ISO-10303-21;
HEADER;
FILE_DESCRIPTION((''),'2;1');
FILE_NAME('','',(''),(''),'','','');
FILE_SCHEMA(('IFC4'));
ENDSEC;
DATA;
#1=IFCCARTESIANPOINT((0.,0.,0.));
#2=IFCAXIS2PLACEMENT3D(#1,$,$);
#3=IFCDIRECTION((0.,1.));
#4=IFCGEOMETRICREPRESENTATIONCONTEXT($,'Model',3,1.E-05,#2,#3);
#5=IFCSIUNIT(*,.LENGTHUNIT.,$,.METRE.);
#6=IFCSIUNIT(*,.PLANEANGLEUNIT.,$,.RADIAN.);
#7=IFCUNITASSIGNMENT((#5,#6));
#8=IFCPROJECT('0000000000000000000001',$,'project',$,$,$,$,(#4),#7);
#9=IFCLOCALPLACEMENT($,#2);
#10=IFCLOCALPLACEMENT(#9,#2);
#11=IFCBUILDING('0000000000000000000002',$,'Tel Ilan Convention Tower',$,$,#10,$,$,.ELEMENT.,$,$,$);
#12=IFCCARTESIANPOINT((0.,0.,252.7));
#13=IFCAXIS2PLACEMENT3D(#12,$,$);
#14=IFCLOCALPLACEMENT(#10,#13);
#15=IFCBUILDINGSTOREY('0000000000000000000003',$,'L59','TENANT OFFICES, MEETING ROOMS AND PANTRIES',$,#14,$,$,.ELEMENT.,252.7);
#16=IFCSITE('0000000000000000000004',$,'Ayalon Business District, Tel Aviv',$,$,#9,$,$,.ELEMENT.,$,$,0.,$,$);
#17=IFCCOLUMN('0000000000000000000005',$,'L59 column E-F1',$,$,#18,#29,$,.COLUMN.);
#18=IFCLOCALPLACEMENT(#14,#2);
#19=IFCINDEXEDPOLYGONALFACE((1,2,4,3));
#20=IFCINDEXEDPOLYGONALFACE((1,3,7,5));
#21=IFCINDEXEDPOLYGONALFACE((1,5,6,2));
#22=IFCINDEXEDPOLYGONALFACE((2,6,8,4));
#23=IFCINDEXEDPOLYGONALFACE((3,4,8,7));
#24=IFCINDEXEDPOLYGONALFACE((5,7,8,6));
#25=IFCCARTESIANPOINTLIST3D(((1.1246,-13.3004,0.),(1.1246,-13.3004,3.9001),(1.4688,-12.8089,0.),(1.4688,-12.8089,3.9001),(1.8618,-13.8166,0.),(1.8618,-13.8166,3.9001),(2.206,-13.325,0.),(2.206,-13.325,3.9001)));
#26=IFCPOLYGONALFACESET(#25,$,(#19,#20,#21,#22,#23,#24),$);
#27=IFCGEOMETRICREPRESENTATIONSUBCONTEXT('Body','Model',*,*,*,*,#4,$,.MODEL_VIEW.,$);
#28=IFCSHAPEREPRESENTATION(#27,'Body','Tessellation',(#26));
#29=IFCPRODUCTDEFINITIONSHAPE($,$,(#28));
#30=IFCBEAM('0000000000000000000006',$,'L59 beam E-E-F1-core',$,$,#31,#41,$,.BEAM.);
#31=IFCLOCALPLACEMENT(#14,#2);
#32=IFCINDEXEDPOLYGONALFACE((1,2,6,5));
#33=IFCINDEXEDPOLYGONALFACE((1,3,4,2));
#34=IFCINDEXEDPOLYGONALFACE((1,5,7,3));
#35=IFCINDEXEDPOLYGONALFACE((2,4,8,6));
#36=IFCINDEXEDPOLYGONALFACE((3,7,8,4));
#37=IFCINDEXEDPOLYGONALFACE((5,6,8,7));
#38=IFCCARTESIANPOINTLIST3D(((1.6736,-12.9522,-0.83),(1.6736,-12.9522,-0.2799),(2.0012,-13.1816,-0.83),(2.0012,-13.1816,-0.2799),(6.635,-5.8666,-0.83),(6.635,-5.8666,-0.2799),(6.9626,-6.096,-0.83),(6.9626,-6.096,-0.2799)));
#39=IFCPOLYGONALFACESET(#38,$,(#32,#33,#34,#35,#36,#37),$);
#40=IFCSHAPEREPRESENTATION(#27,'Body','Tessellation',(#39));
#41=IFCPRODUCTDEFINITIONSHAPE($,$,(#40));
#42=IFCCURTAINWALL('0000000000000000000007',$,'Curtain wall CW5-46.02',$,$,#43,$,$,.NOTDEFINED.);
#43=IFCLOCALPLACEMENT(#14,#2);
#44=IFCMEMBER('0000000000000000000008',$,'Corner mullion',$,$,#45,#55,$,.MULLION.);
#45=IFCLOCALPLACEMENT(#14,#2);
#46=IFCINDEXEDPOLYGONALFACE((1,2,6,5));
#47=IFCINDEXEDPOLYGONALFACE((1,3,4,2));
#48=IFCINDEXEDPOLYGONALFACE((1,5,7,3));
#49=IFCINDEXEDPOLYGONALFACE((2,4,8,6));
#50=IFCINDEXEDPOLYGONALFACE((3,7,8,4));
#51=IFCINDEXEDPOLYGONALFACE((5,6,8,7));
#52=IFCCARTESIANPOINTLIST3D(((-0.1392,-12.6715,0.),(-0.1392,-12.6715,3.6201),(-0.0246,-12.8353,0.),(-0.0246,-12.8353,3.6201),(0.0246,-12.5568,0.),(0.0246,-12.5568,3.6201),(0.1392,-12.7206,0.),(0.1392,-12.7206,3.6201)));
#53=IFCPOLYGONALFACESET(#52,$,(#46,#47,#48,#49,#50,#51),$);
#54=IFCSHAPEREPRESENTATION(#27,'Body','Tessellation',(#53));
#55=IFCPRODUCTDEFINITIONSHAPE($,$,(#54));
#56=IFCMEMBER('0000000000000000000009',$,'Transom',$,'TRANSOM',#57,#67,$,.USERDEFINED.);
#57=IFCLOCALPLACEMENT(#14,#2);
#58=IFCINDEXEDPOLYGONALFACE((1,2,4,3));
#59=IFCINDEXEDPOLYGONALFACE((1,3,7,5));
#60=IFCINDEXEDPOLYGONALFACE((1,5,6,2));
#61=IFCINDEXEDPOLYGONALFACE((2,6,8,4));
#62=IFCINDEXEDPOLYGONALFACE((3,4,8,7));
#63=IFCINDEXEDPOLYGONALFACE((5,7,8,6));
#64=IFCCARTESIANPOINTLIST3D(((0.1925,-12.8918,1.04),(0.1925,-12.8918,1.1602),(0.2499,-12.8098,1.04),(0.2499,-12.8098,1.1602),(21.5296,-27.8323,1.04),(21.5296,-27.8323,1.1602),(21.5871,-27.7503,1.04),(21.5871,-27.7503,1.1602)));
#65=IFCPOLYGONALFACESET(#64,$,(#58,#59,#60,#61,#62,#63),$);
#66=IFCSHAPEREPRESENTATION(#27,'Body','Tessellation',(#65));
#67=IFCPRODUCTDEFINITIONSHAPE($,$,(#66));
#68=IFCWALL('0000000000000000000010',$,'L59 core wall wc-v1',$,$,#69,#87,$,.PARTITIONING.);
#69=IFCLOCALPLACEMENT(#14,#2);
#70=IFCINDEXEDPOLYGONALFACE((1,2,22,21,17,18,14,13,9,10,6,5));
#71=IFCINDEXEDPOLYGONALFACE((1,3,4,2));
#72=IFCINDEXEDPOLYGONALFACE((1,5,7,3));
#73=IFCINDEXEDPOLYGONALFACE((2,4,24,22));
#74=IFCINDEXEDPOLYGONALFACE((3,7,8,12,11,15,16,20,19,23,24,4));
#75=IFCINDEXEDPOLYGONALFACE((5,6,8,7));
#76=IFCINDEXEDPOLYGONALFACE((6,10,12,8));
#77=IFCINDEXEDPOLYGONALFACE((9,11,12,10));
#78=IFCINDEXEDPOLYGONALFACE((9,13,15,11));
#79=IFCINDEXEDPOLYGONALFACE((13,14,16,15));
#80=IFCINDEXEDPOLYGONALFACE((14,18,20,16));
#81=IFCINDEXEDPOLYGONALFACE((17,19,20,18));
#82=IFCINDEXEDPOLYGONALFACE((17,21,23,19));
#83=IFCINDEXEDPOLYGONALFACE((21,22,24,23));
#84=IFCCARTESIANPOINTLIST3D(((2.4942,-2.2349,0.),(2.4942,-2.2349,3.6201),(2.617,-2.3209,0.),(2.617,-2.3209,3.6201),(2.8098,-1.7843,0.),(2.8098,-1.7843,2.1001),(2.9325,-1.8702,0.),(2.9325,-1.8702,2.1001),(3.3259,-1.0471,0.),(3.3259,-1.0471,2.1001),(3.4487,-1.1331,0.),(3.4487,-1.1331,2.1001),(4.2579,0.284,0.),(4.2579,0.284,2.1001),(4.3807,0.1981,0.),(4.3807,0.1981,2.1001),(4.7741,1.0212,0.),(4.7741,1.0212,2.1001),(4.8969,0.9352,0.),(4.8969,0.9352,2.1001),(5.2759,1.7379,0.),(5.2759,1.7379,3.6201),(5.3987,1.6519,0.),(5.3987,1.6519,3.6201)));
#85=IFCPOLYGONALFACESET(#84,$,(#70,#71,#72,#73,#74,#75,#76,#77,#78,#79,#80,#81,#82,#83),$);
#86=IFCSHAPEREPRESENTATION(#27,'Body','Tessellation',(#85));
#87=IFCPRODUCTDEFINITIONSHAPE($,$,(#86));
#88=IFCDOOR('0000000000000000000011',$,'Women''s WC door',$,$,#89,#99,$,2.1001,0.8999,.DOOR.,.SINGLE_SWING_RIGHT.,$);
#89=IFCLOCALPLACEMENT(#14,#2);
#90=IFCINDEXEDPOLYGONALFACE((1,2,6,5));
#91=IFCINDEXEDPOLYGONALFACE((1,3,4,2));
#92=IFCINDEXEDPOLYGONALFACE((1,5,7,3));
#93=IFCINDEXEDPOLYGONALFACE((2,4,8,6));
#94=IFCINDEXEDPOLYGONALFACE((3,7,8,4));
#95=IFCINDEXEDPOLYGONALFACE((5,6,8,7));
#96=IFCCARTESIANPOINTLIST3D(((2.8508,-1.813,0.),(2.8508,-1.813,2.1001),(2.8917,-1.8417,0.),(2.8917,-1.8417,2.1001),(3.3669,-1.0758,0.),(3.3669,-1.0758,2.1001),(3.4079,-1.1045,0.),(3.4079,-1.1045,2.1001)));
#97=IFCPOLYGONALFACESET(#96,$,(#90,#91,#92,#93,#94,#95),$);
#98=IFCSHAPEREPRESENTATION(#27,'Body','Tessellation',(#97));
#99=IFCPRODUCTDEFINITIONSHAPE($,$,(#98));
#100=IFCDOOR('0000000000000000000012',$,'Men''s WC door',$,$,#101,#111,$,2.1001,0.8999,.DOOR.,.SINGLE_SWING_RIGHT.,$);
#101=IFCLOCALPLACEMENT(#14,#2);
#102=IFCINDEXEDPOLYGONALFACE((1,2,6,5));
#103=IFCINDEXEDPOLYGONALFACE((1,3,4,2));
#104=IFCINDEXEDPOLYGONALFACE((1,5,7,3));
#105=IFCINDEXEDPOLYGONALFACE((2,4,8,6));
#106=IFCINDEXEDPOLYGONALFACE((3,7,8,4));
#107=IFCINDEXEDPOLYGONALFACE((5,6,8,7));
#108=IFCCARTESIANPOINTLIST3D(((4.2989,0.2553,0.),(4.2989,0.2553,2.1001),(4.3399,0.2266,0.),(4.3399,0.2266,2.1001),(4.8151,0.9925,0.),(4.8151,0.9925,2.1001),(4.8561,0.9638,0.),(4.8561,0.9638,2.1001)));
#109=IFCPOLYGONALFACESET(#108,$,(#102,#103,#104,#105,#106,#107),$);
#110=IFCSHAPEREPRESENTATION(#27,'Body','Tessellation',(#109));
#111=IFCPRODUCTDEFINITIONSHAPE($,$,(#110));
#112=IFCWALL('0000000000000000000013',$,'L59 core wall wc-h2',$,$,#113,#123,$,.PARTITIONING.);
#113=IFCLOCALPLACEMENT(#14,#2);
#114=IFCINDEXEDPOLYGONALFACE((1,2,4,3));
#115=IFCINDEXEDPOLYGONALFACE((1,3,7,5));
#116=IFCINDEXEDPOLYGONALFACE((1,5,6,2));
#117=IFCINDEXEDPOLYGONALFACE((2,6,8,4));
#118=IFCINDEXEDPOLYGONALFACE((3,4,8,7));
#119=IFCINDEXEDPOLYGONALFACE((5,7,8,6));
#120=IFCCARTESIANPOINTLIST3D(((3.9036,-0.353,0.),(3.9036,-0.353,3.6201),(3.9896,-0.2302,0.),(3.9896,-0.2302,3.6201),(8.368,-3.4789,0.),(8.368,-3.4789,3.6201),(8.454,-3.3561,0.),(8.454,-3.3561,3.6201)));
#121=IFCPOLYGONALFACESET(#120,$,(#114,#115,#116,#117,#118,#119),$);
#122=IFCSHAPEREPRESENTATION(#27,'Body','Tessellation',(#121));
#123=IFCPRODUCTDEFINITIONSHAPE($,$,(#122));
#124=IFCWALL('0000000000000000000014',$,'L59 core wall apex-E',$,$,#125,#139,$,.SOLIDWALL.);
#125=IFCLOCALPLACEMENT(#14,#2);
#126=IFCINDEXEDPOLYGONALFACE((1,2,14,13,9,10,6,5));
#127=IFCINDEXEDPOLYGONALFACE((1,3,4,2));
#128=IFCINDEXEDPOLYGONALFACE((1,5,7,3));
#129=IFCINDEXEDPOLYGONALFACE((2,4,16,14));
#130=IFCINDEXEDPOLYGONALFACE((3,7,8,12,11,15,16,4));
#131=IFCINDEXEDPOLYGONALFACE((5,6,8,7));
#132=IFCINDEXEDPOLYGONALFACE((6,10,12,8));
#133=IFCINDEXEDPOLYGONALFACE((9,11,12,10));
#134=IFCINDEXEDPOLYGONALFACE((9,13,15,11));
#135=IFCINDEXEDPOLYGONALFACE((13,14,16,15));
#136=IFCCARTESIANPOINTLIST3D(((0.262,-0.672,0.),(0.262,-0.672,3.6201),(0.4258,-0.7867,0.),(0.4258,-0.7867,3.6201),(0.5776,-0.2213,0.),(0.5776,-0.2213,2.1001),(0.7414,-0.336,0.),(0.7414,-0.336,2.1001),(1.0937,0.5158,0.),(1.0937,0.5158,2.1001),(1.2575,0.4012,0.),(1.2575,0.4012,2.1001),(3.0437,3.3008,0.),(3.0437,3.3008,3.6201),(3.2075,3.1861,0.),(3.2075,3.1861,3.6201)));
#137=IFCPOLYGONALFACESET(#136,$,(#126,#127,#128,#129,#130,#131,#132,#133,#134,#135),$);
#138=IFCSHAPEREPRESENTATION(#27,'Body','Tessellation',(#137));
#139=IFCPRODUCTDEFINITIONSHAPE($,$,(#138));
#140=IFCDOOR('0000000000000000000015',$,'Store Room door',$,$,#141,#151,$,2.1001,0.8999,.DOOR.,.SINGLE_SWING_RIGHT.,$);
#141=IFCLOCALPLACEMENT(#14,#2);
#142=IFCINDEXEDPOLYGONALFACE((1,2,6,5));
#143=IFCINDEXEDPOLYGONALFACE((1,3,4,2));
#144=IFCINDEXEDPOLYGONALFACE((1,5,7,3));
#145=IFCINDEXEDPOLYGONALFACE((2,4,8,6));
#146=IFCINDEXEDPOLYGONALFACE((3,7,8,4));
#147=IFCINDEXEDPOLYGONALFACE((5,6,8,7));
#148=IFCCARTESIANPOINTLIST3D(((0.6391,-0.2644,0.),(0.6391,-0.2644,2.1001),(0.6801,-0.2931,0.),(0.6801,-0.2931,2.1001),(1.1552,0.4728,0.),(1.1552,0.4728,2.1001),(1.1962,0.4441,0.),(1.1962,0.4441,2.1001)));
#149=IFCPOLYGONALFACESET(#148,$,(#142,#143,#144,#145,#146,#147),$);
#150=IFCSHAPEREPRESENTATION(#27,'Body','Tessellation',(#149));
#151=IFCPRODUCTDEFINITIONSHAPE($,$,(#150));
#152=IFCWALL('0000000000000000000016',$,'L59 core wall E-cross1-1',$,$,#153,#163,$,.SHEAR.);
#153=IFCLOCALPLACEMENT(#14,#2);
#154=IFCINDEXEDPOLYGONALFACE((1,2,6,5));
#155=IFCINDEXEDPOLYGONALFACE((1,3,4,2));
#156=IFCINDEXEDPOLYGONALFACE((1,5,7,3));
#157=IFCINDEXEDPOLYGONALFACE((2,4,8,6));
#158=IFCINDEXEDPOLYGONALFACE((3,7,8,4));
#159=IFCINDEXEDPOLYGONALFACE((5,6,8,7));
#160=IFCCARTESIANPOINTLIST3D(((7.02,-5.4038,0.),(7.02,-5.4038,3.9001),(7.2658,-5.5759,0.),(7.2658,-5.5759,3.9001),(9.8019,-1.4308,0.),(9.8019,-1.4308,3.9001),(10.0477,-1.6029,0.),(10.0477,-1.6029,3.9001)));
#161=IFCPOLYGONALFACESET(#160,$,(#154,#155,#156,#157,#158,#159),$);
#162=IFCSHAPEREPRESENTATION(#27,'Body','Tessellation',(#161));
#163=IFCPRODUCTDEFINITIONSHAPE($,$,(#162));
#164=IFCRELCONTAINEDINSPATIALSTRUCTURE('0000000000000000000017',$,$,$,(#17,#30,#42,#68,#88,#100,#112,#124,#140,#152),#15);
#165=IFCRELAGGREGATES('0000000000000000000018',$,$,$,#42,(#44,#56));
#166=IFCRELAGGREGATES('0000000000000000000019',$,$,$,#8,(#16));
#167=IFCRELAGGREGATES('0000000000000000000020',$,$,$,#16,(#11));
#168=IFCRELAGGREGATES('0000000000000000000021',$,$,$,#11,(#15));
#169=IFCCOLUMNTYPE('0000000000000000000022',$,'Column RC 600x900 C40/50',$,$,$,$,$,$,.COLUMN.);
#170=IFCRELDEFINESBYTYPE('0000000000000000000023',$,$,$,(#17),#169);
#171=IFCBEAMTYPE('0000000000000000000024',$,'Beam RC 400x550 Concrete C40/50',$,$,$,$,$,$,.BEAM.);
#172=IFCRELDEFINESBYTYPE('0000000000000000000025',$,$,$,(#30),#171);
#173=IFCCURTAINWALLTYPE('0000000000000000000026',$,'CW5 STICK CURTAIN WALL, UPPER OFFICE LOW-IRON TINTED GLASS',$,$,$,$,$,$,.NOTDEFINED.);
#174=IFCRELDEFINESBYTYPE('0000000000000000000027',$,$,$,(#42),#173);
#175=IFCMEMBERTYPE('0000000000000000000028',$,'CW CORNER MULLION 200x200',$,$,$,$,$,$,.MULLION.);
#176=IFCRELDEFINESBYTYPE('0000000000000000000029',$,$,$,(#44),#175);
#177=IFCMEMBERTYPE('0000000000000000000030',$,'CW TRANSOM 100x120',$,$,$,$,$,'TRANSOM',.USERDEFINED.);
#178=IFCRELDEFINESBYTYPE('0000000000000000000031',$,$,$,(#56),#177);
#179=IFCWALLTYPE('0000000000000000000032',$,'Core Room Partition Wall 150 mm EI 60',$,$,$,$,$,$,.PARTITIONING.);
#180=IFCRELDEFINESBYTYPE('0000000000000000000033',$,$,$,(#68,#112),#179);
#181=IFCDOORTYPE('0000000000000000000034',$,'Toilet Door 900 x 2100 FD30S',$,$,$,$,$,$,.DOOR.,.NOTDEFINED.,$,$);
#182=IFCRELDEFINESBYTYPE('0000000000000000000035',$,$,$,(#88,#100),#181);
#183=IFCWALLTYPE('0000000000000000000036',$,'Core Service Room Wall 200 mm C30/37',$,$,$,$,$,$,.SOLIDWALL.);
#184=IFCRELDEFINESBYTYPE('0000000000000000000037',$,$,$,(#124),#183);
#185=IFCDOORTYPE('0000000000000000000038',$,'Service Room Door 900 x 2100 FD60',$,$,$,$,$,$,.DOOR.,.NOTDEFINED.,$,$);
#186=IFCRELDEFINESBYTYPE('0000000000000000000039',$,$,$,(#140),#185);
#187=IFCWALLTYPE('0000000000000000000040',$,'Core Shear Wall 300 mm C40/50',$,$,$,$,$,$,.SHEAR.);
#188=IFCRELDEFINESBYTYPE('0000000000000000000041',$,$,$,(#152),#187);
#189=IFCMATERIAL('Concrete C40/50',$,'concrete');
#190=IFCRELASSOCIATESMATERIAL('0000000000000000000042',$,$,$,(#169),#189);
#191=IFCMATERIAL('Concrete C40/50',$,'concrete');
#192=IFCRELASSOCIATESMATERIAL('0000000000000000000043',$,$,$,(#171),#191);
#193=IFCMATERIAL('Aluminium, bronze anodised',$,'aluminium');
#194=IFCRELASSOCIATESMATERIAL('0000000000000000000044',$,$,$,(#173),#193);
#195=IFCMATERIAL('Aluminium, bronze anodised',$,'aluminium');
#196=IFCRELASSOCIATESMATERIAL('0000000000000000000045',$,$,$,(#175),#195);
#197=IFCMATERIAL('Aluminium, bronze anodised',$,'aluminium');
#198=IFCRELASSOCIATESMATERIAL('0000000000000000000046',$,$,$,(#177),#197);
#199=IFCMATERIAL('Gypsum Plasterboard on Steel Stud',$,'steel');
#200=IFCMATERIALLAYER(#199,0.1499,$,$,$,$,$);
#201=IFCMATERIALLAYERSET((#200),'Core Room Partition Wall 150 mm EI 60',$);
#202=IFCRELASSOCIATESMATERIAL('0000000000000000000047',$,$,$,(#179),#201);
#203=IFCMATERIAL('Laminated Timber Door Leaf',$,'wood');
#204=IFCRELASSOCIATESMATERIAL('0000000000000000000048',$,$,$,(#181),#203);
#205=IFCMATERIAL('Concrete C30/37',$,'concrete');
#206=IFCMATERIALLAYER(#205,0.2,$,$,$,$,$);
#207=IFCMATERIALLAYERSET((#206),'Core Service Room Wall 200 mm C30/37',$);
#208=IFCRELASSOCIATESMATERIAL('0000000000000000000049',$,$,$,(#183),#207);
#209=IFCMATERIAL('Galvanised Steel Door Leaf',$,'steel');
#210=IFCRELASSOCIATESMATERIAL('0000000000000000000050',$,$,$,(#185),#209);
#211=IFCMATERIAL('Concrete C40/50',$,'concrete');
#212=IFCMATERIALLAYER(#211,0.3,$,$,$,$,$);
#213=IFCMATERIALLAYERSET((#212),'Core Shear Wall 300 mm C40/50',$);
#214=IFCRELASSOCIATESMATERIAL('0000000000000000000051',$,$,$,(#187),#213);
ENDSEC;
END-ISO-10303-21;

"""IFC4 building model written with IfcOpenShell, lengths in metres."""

from ifc_helpers import new_model, si_unit, direction, frame, frame_2d, origin, origin_2d, place, context, subcontext, project, spatial, polyline, rectangle, outline, extrude, material, layer, layer_set, material_profile, profile_set, type_object, element, fill, aggregate, save


model = new_model("IFC4")

# Units and contexts
model_context = context("Model", 3, precision=1e-05, world=origin(), true_north=direction((0.0, 1.0)))
body_context = subcontext(model_context, "Body", "Model", "MODEL_VIEW")
ifc_project = project(units=[si_unit("LENGTHUNIT", "METRE"), si_unit("PLANEANGLEUNIT", "RADIAN")], contexts=[model_context])

# Site, building, storey
site_placement = place(None, origin())
site = spatial("IfcSite", under=ifc_project, at=site_placement, Name="Ayalon Business District, Tel Aviv", CompositionType="ELEMENT", RefElevation=0.0)
building_placement = place(site_placement, origin())
building = spatial("IfcBuilding", under=site, at=building_placement, Name="Tel Ilan Convention Tower", CompositionType="ELEMENT")
storey_placement = place(building_placement, frame((0.0, 0.0, 252.7)))
storey = spatial("IfcBuildingStorey", under=building, at=storey_placement, Name="L59", Description="TENANT OFFICES, MEETING ROOMS AND PANTRIES", CompositionType="ELEMENT", Elevation=252.7)

# Column
ifc_material_1 = material(Name="Concrete C40/50", Category="concrete")
ifc_material_profile_1 = material_profile(ifc_material_1, rectangle(XDim=0.8999, YDim=0.6001, at=origin_2d()), Name="RC 600x900")
ifc_profile_set_1 = profile_set([ifc_material_profile_1], Name="Concrete C40/50")
column_type = type_object("IfcColumnType", Name="Column RC 600x900 C40/50", PredefinedType="COLUMN", material=ifc_profile_set_1)
column_placement = place(storey_placement, frame((1.6653, -13.3127, 0.0), z_axis=(0.0, 0.0, 1.0), x_axis=(0.819152, -0.573576, 0.0)))
element("IfcColumn", 1, at=column_placement, inside=storey, type_object=column_type, Name="L59 column E-F1", PredefinedType="COLUMN", context=body_context, shape_type="SweptSolid", body=[
    extrude(rectangle(XDim=0.8999, YDim=0.6001, at=origin_2d()), origin(), (0.0, 0.0, 1.0), 3.9001),
])

# Beam
ifc_material_2 = material(Name="Concrete C40/50", Category="concrete")
ifc_material_profile_2 = material_profile(ifc_material_2, rectangle(XDim=0.3999, YDim=0.55, at=origin_2d()), Name="RC 400x550")
ifc_profile_set_2 = profile_set([ifc_material_profile_2], Name="Concrete C40/50")
beam_type = type_object("IfcBeamType", Name="Beam RC 400x550 Concrete C40/50", PredefinedType="BEAM", material=ifc_profile_set_2)
beam_placement = place(storey_placement, frame((1.8374, -13.0669, -0.5549), z_axis=(0.573574, 0.819154, 0.0), x_axis=(-0.819154, 0.573574, 0.0)))
element("IfcBeam", 2, at=beam_placement, inside=storey, type_object=beam_type, Name="L59 beam E-E-F1-core", PredefinedType="BEAM", context=body_context, shape_type="SweptSolid", body=[
    extrude(rectangle(XDim=0.3999, YDim=0.55, at=origin_2d()), origin(), (0.0, 0.0, 1.0), 8.6499),
])

# Curtain wall, members
ifc_material_3 = material(Name="Aluminium, bronze anodised", Category="aluminium")
curtain_wall_type = type_object("IfcCurtainWallType", Name="CW5 STICK CURTAIN WALL, UPPER OFFICE LOW-IRON TINTED GLASS", PredefinedType="NOTDEFINED", material=ifc_material_3)
curtain_wall_placement = place(storey_placement, origin())
curtain_wall = element("IfcCurtainWall", 3, at=curtain_wall_placement, inside=storey, type_object=curtain_wall_type, Name="Curtain wall CW5-46.02", PredefinedType="NOTDEFINED")
ifc_material_4 = material(Name="Aluminium, bronze anodised", Category="aluminium")
ifc_material_profile_3 = material_profile(ifc_material_4, rectangle(XDim=0.2, YDim=0.2, at=origin_2d()), Name="CW CORNER MULLION 200x200")
ifc_profile_set_3 = profile_set([ifc_material_profile_3], Name="Aluminium, bronze anodised")
member_type_1 = type_object("IfcMemberType", Name="CW CORNER MULLION 200x200", PredefinedType="MULLION", material=ifc_profile_set_3)
member_1_placement = place(storey_placement, frame((0.0, -12.696, 0.0), z_axis=(0.0, 0.0, 1.0), x_axis=(0.819152, 0.573576, 0.0)))
member_1 = element("IfcMember", 4, at=member_1_placement, type_object=member_type_1, Name="Corner mullion", PredefinedType="MULLION", context=body_context, shape_type="SweptSolid", body=[
    extrude(rectangle(XDim=0.2, YDim=0.2, at=origin_2d()), origin(), (0.0, 0.0, 1.0), 3.6201),
])
ifc_material_5 = material(Name="Aluminium, bronze anodised", Category="aluminium")
ifc_material_profile_4 = material_profile(ifc_material_5, rectangle(XDim=0.1001, YDim=0.1201, at=origin_2d()), Name="CW TRANSOM 100x120")
ifc_profile_set_4 = profile_set([ifc_material_profile_4], Name="Aluminium, bronze anodised")
member_type_2 = type_object("IfcMemberType", Name="CW TRANSOM 100x120", ElementType="TRANSOM", PredefinedType="USERDEFINED", material=ifc_profile_set_4)
member_2_placement = place(storey_placement, frame((0.2212, -12.8508, 1.1001), z_axis=(0.819152, -0.573576, 0.0), x_axis=(0.573576, 0.819152, 0.0)))
member_2 = element("IfcMember", 5, at=member_2_placement, type_object=member_type_2, Name="Transom", ObjectType="TRANSOM", PredefinedType="USERDEFINED", context=body_context, shape_type="SweptSolid", body=[
    extrude(rectangle(XDim=0.1001, YDim=0.1201, at=origin_2d()), origin(), (0.0, 0.0, 1.0), 26.0479),
])
aggregate(curtain_wall, [member_1, member_2])

# Wall, openings, doors
ifc_material_6 = material(Name="Gypsum Plasterboard on Steel Stud", Category="steel")
ifc_layer_1 = layer(ifc_material_6, 0.1499)
ifc_layer_set_1 = layer_set([ifc_layer_1], Name="Core Room Partition Wall 150 mm EI 60")
wall_type_1 = type_object("IfcWallType", Name="Core Room Partition Wall 150 mm EI 60", PredefinedType="PARTITIONING", material=ifc_layer_set_1)
wall_1_placement = place(storey_placement, frame((2.5557, -2.2778, 0.0), z_axis=(0.0, 0.0, 1.0), x_axis=(0.57356, 0.819163, 0.0)))
wall_1 = element("IfcWall", 6, at=wall_1_placement, inside=storey, type_object=wall_type_1, Name="L59 core wall wc-v1", PredefinedType="PARTITIONING", context=body_context, shape_type="SweptSolid", body=[
    extrude(rectangle(XDim=4.8499, YDim=0.1499, at=frame_2d((2.4248, 0.0))), origin(), (0.0, 0.0, 1.0), 3.6201),
])
opening_1_placement = place(wall_1_placement, frame((0.55, 0.0, 0.0)))
opening_1 = element("IfcOpeningElement", 7, at=opening_1_placement, cuts=wall_1, PredefinedType="OPENING", context=body_context, shape_type="SweptSolid", body=[
    extrude(rectangle(XDim=0.8999, YDim=2.1001, at=frame_2d((0.45, 1.05))), frame((0.0, 0.085, 0.0), z_axis=(0.0, -1.0, 0.0), x_axis=(1.0, 0.0, 0.0)), (0.0, 0.0, 1.0), 0.1699),
])
opening_2_placement = place(wall_1_placement, frame((3.075, 0.0, 0.0)))
opening_2 = element("IfcOpeningElement", 8, at=opening_2_placement, cuts=wall_1, PredefinedType="OPENING", context=body_context, shape_type="SweptSolid", body=[
    extrude(rectangle(XDim=0.8999, YDim=2.1001, at=frame_2d((0.45, 1.05))), frame((0.0, 0.085, 0.0), z_axis=(0.0, -1.0, 0.0), x_axis=(1.0, 0.0, 0.0)), (0.0, 0.0, 1.0), 0.1699),
])
ifc_material_7 = material(Name="Laminated Timber Door Leaf", Category="wood")
door_type_1 = type_object("IfcDoorType", Name="Toilet Door 900 x 2100 FD30S", OperationType="NOTDEFINED", PredefinedType="DOOR", material=ifc_material_7)
door_1_placement = place(opening_1_placement, origin())
door_1 = element("IfcDoor", 9, at=door_1_placement, inside=storey, type_object=door_type_1, Name="Women's WC door", OperationType="SINGLE_SWING_RIGHT", OverallHeight=2.1001, OverallWidth=0.8999, PredefinedType="DOOR", context=body_context, shape_type="SweptSolid", body=[
    extrude(rectangle(XDim=0.8999, YDim=2.1001, at=frame_2d((0.45, 1.05))), frame((0.0, 0.0249, 0.0), z_axis=(0.0, -1.0, 0.0), x_axis=(1.0, 0.0, 0.0)), (0.0, 0.0, 1.0), 0.05),
])
fill(opening_1, door_1)
door_2_placement = place(opening_2_placement, origin())
door_2 = element("IfcDoor", 10, at=door_2_placement, inside=storey, type_object=door_type_1, Name="Men's WC door", OperationType="SINGLE_SWING_RIGHT", OverallHeight=2.1001, OverallWidth=0.8999, PredefinedType="DOOR", context=body_context, shape_type="SweptSolid", body=[
    extrude(rectangle(XDim=0.8999, YDim=2.1001, at=frame_2d((0.45, 1.05))), frame((0.0, 0.0249, 0.0), z_axis=(0.0, -1.0, 0.0), x_axis=(1.0, 0.0, 0.0)), (0.0, 0.0, 1.0), 0.05),
])
fill(opening_2, door_2)

# Wall
wall_2_placement = place(storey_placement, frame((3.9465, -0.2915, 0.0), z_axis=(0.0, 0.0, 1.0), x_axis=(0.819152, -0.573577, 0.0)))
element("IfcWall", 11, at=wall_2_placement, inside=storey, type_object=wall_type_1, Name="L59 core wall wc-h2", PredefinedType="PARTITIONING", context=body_context, shape_type="SweptSolid", body=[
    extrude(rectangle(XDim=5.45, YDim=0.1499, at=frame_2d((2.7251, 0.0))), origin(), (0.0, 0.0, 1.0), 3.6201),
])

# Wall, opening, door
ifc_material_8 = material(Name="Concrete C30/37", Category="concrete")
ifc_layer_2 = layer(ifc_material_8, 0.2)
ifc_layer_set_2 = layer_set([ifc_layer_2], Name="Core Service Room Wall 200 mm C30/37")
wall_type_2 = type_object("IfcWallType", Name="Core Service Room Wall 200 mm C30/37", PredefinedType="SOLIDWALL", material=ifc_layer_set_2)
wall_3_placement = place(storey_placement, frame((0.344, -0.7292, 0.0), z_axis=(0.0, 0.0, 1.0), x_axis=(0.57356, 0.819163, 0.0)))
wall_3 = element("IfcWall", 12, at=wall_3_placement, inside=storey, type_object=wall_type_2, Name="L59 core wall apex-E", PredefinedType="SOLIDWALL", context=body_context, shape_type="SweptSolid", body=[
    extrude(rectangle(XDim=4.8499, YDim=0.2, at=frame_2d((2.4248, 0.0))), origin(), (0.0, 0.0, 1.0), 3.6201),
])
opening_3_placement = place(wall_3_placement, frame((0.55, 0.0, 0.0)))
opening_3 = element("IfcOpeningElement", 13, at=opening_3_placement, cuts=wall_3, PredefinedType="OPENING", context=body_context, shape_type="SweptSolid", body=[
    extrude(rectangle(XDim=0.8999, YDim=2.1001, at=frame_2d((0.45, 1.05))), frame((0.0, 0.1099, 0.0), z_axis=(0.0, -1.0, 0.0), x_axis=(1.0, 0.0, 0.0)), (0.0, 0.0, 1.0), 0.22),
])
ifc_material_9 = material(Name="Galvanised Steel Door Leaf", Category="steel")
door_type_2 = type_object("IfcDoorType", Name="Service Room Door 900 x 2100 FD60", OperationType="NOTDEFINED", PredefinedType="DOOR", material=ifc_material_9)
door_3_placement = place(opening_3_placement, origin())
door_3 = element("IfcDoor", 14, at=door_3_placement, inside=storey, type_object=door_type_2, Name="Store Room door", OperationType="SINGLE_SWING_RIGHT", OverallHeight=2.1001, OverallWidth=0.8999, PredefinedType="DOOR", context=body_context, shape_type="SweptSolid", body=[
    extrude(rectangle(XDim=0.8999, YDim=2.1001, at=frame_2d((0.45, 1.05))), frame((0.0, 0.0249, 0.0), z_axis=(0.0, -1.0, 0.0), x_axis=(1.0, 0.0, 0.0)), (0.0, 0.0, 1.0), 0.05),
])
fill(opening_3, door_3)

# Wall
ifc_material_10 = material(Name="Concrete C40/50", Category="concrete")
ifc_layer_3 = layer(ifc_material_10, 0.3)
ifc_layer_set_3 = layer_set([ifc_layer_3], Name="Core Shear Wall 300 mm C40/50")
wall_type_3 = type_object("IfcWallType", Name="Core Shear Wall 300 mm C40/50", PredefinedType="SHEAR", material=ifc_layer_set_3)
wall_4_placement = place(storey_placement, frame((7.1428, -5.4897, 0.0), z_axis=(0.0, 0.0, 1.0), x_axis=(0.573618, 0.819123, 0.0)))
element("IfcWall", 15, at=wall_4_placement, inside=storey, type_object=wall_type_3, Name="L59 core wall E-cross1-1", PredefinedType="SHEAR", context=body_context, shape_type="SweptSolid", body=[
    extrude(outline(polyline([(0.0, 0.1499), (0.0, -0.1501), (4.8501, -0.1499), (4.8501, 0.1501), (0.0, 0.1499)])), origin(), (0.0, 0.0, 1.0), 3.9001),
])

save(model, "model.ifc")
